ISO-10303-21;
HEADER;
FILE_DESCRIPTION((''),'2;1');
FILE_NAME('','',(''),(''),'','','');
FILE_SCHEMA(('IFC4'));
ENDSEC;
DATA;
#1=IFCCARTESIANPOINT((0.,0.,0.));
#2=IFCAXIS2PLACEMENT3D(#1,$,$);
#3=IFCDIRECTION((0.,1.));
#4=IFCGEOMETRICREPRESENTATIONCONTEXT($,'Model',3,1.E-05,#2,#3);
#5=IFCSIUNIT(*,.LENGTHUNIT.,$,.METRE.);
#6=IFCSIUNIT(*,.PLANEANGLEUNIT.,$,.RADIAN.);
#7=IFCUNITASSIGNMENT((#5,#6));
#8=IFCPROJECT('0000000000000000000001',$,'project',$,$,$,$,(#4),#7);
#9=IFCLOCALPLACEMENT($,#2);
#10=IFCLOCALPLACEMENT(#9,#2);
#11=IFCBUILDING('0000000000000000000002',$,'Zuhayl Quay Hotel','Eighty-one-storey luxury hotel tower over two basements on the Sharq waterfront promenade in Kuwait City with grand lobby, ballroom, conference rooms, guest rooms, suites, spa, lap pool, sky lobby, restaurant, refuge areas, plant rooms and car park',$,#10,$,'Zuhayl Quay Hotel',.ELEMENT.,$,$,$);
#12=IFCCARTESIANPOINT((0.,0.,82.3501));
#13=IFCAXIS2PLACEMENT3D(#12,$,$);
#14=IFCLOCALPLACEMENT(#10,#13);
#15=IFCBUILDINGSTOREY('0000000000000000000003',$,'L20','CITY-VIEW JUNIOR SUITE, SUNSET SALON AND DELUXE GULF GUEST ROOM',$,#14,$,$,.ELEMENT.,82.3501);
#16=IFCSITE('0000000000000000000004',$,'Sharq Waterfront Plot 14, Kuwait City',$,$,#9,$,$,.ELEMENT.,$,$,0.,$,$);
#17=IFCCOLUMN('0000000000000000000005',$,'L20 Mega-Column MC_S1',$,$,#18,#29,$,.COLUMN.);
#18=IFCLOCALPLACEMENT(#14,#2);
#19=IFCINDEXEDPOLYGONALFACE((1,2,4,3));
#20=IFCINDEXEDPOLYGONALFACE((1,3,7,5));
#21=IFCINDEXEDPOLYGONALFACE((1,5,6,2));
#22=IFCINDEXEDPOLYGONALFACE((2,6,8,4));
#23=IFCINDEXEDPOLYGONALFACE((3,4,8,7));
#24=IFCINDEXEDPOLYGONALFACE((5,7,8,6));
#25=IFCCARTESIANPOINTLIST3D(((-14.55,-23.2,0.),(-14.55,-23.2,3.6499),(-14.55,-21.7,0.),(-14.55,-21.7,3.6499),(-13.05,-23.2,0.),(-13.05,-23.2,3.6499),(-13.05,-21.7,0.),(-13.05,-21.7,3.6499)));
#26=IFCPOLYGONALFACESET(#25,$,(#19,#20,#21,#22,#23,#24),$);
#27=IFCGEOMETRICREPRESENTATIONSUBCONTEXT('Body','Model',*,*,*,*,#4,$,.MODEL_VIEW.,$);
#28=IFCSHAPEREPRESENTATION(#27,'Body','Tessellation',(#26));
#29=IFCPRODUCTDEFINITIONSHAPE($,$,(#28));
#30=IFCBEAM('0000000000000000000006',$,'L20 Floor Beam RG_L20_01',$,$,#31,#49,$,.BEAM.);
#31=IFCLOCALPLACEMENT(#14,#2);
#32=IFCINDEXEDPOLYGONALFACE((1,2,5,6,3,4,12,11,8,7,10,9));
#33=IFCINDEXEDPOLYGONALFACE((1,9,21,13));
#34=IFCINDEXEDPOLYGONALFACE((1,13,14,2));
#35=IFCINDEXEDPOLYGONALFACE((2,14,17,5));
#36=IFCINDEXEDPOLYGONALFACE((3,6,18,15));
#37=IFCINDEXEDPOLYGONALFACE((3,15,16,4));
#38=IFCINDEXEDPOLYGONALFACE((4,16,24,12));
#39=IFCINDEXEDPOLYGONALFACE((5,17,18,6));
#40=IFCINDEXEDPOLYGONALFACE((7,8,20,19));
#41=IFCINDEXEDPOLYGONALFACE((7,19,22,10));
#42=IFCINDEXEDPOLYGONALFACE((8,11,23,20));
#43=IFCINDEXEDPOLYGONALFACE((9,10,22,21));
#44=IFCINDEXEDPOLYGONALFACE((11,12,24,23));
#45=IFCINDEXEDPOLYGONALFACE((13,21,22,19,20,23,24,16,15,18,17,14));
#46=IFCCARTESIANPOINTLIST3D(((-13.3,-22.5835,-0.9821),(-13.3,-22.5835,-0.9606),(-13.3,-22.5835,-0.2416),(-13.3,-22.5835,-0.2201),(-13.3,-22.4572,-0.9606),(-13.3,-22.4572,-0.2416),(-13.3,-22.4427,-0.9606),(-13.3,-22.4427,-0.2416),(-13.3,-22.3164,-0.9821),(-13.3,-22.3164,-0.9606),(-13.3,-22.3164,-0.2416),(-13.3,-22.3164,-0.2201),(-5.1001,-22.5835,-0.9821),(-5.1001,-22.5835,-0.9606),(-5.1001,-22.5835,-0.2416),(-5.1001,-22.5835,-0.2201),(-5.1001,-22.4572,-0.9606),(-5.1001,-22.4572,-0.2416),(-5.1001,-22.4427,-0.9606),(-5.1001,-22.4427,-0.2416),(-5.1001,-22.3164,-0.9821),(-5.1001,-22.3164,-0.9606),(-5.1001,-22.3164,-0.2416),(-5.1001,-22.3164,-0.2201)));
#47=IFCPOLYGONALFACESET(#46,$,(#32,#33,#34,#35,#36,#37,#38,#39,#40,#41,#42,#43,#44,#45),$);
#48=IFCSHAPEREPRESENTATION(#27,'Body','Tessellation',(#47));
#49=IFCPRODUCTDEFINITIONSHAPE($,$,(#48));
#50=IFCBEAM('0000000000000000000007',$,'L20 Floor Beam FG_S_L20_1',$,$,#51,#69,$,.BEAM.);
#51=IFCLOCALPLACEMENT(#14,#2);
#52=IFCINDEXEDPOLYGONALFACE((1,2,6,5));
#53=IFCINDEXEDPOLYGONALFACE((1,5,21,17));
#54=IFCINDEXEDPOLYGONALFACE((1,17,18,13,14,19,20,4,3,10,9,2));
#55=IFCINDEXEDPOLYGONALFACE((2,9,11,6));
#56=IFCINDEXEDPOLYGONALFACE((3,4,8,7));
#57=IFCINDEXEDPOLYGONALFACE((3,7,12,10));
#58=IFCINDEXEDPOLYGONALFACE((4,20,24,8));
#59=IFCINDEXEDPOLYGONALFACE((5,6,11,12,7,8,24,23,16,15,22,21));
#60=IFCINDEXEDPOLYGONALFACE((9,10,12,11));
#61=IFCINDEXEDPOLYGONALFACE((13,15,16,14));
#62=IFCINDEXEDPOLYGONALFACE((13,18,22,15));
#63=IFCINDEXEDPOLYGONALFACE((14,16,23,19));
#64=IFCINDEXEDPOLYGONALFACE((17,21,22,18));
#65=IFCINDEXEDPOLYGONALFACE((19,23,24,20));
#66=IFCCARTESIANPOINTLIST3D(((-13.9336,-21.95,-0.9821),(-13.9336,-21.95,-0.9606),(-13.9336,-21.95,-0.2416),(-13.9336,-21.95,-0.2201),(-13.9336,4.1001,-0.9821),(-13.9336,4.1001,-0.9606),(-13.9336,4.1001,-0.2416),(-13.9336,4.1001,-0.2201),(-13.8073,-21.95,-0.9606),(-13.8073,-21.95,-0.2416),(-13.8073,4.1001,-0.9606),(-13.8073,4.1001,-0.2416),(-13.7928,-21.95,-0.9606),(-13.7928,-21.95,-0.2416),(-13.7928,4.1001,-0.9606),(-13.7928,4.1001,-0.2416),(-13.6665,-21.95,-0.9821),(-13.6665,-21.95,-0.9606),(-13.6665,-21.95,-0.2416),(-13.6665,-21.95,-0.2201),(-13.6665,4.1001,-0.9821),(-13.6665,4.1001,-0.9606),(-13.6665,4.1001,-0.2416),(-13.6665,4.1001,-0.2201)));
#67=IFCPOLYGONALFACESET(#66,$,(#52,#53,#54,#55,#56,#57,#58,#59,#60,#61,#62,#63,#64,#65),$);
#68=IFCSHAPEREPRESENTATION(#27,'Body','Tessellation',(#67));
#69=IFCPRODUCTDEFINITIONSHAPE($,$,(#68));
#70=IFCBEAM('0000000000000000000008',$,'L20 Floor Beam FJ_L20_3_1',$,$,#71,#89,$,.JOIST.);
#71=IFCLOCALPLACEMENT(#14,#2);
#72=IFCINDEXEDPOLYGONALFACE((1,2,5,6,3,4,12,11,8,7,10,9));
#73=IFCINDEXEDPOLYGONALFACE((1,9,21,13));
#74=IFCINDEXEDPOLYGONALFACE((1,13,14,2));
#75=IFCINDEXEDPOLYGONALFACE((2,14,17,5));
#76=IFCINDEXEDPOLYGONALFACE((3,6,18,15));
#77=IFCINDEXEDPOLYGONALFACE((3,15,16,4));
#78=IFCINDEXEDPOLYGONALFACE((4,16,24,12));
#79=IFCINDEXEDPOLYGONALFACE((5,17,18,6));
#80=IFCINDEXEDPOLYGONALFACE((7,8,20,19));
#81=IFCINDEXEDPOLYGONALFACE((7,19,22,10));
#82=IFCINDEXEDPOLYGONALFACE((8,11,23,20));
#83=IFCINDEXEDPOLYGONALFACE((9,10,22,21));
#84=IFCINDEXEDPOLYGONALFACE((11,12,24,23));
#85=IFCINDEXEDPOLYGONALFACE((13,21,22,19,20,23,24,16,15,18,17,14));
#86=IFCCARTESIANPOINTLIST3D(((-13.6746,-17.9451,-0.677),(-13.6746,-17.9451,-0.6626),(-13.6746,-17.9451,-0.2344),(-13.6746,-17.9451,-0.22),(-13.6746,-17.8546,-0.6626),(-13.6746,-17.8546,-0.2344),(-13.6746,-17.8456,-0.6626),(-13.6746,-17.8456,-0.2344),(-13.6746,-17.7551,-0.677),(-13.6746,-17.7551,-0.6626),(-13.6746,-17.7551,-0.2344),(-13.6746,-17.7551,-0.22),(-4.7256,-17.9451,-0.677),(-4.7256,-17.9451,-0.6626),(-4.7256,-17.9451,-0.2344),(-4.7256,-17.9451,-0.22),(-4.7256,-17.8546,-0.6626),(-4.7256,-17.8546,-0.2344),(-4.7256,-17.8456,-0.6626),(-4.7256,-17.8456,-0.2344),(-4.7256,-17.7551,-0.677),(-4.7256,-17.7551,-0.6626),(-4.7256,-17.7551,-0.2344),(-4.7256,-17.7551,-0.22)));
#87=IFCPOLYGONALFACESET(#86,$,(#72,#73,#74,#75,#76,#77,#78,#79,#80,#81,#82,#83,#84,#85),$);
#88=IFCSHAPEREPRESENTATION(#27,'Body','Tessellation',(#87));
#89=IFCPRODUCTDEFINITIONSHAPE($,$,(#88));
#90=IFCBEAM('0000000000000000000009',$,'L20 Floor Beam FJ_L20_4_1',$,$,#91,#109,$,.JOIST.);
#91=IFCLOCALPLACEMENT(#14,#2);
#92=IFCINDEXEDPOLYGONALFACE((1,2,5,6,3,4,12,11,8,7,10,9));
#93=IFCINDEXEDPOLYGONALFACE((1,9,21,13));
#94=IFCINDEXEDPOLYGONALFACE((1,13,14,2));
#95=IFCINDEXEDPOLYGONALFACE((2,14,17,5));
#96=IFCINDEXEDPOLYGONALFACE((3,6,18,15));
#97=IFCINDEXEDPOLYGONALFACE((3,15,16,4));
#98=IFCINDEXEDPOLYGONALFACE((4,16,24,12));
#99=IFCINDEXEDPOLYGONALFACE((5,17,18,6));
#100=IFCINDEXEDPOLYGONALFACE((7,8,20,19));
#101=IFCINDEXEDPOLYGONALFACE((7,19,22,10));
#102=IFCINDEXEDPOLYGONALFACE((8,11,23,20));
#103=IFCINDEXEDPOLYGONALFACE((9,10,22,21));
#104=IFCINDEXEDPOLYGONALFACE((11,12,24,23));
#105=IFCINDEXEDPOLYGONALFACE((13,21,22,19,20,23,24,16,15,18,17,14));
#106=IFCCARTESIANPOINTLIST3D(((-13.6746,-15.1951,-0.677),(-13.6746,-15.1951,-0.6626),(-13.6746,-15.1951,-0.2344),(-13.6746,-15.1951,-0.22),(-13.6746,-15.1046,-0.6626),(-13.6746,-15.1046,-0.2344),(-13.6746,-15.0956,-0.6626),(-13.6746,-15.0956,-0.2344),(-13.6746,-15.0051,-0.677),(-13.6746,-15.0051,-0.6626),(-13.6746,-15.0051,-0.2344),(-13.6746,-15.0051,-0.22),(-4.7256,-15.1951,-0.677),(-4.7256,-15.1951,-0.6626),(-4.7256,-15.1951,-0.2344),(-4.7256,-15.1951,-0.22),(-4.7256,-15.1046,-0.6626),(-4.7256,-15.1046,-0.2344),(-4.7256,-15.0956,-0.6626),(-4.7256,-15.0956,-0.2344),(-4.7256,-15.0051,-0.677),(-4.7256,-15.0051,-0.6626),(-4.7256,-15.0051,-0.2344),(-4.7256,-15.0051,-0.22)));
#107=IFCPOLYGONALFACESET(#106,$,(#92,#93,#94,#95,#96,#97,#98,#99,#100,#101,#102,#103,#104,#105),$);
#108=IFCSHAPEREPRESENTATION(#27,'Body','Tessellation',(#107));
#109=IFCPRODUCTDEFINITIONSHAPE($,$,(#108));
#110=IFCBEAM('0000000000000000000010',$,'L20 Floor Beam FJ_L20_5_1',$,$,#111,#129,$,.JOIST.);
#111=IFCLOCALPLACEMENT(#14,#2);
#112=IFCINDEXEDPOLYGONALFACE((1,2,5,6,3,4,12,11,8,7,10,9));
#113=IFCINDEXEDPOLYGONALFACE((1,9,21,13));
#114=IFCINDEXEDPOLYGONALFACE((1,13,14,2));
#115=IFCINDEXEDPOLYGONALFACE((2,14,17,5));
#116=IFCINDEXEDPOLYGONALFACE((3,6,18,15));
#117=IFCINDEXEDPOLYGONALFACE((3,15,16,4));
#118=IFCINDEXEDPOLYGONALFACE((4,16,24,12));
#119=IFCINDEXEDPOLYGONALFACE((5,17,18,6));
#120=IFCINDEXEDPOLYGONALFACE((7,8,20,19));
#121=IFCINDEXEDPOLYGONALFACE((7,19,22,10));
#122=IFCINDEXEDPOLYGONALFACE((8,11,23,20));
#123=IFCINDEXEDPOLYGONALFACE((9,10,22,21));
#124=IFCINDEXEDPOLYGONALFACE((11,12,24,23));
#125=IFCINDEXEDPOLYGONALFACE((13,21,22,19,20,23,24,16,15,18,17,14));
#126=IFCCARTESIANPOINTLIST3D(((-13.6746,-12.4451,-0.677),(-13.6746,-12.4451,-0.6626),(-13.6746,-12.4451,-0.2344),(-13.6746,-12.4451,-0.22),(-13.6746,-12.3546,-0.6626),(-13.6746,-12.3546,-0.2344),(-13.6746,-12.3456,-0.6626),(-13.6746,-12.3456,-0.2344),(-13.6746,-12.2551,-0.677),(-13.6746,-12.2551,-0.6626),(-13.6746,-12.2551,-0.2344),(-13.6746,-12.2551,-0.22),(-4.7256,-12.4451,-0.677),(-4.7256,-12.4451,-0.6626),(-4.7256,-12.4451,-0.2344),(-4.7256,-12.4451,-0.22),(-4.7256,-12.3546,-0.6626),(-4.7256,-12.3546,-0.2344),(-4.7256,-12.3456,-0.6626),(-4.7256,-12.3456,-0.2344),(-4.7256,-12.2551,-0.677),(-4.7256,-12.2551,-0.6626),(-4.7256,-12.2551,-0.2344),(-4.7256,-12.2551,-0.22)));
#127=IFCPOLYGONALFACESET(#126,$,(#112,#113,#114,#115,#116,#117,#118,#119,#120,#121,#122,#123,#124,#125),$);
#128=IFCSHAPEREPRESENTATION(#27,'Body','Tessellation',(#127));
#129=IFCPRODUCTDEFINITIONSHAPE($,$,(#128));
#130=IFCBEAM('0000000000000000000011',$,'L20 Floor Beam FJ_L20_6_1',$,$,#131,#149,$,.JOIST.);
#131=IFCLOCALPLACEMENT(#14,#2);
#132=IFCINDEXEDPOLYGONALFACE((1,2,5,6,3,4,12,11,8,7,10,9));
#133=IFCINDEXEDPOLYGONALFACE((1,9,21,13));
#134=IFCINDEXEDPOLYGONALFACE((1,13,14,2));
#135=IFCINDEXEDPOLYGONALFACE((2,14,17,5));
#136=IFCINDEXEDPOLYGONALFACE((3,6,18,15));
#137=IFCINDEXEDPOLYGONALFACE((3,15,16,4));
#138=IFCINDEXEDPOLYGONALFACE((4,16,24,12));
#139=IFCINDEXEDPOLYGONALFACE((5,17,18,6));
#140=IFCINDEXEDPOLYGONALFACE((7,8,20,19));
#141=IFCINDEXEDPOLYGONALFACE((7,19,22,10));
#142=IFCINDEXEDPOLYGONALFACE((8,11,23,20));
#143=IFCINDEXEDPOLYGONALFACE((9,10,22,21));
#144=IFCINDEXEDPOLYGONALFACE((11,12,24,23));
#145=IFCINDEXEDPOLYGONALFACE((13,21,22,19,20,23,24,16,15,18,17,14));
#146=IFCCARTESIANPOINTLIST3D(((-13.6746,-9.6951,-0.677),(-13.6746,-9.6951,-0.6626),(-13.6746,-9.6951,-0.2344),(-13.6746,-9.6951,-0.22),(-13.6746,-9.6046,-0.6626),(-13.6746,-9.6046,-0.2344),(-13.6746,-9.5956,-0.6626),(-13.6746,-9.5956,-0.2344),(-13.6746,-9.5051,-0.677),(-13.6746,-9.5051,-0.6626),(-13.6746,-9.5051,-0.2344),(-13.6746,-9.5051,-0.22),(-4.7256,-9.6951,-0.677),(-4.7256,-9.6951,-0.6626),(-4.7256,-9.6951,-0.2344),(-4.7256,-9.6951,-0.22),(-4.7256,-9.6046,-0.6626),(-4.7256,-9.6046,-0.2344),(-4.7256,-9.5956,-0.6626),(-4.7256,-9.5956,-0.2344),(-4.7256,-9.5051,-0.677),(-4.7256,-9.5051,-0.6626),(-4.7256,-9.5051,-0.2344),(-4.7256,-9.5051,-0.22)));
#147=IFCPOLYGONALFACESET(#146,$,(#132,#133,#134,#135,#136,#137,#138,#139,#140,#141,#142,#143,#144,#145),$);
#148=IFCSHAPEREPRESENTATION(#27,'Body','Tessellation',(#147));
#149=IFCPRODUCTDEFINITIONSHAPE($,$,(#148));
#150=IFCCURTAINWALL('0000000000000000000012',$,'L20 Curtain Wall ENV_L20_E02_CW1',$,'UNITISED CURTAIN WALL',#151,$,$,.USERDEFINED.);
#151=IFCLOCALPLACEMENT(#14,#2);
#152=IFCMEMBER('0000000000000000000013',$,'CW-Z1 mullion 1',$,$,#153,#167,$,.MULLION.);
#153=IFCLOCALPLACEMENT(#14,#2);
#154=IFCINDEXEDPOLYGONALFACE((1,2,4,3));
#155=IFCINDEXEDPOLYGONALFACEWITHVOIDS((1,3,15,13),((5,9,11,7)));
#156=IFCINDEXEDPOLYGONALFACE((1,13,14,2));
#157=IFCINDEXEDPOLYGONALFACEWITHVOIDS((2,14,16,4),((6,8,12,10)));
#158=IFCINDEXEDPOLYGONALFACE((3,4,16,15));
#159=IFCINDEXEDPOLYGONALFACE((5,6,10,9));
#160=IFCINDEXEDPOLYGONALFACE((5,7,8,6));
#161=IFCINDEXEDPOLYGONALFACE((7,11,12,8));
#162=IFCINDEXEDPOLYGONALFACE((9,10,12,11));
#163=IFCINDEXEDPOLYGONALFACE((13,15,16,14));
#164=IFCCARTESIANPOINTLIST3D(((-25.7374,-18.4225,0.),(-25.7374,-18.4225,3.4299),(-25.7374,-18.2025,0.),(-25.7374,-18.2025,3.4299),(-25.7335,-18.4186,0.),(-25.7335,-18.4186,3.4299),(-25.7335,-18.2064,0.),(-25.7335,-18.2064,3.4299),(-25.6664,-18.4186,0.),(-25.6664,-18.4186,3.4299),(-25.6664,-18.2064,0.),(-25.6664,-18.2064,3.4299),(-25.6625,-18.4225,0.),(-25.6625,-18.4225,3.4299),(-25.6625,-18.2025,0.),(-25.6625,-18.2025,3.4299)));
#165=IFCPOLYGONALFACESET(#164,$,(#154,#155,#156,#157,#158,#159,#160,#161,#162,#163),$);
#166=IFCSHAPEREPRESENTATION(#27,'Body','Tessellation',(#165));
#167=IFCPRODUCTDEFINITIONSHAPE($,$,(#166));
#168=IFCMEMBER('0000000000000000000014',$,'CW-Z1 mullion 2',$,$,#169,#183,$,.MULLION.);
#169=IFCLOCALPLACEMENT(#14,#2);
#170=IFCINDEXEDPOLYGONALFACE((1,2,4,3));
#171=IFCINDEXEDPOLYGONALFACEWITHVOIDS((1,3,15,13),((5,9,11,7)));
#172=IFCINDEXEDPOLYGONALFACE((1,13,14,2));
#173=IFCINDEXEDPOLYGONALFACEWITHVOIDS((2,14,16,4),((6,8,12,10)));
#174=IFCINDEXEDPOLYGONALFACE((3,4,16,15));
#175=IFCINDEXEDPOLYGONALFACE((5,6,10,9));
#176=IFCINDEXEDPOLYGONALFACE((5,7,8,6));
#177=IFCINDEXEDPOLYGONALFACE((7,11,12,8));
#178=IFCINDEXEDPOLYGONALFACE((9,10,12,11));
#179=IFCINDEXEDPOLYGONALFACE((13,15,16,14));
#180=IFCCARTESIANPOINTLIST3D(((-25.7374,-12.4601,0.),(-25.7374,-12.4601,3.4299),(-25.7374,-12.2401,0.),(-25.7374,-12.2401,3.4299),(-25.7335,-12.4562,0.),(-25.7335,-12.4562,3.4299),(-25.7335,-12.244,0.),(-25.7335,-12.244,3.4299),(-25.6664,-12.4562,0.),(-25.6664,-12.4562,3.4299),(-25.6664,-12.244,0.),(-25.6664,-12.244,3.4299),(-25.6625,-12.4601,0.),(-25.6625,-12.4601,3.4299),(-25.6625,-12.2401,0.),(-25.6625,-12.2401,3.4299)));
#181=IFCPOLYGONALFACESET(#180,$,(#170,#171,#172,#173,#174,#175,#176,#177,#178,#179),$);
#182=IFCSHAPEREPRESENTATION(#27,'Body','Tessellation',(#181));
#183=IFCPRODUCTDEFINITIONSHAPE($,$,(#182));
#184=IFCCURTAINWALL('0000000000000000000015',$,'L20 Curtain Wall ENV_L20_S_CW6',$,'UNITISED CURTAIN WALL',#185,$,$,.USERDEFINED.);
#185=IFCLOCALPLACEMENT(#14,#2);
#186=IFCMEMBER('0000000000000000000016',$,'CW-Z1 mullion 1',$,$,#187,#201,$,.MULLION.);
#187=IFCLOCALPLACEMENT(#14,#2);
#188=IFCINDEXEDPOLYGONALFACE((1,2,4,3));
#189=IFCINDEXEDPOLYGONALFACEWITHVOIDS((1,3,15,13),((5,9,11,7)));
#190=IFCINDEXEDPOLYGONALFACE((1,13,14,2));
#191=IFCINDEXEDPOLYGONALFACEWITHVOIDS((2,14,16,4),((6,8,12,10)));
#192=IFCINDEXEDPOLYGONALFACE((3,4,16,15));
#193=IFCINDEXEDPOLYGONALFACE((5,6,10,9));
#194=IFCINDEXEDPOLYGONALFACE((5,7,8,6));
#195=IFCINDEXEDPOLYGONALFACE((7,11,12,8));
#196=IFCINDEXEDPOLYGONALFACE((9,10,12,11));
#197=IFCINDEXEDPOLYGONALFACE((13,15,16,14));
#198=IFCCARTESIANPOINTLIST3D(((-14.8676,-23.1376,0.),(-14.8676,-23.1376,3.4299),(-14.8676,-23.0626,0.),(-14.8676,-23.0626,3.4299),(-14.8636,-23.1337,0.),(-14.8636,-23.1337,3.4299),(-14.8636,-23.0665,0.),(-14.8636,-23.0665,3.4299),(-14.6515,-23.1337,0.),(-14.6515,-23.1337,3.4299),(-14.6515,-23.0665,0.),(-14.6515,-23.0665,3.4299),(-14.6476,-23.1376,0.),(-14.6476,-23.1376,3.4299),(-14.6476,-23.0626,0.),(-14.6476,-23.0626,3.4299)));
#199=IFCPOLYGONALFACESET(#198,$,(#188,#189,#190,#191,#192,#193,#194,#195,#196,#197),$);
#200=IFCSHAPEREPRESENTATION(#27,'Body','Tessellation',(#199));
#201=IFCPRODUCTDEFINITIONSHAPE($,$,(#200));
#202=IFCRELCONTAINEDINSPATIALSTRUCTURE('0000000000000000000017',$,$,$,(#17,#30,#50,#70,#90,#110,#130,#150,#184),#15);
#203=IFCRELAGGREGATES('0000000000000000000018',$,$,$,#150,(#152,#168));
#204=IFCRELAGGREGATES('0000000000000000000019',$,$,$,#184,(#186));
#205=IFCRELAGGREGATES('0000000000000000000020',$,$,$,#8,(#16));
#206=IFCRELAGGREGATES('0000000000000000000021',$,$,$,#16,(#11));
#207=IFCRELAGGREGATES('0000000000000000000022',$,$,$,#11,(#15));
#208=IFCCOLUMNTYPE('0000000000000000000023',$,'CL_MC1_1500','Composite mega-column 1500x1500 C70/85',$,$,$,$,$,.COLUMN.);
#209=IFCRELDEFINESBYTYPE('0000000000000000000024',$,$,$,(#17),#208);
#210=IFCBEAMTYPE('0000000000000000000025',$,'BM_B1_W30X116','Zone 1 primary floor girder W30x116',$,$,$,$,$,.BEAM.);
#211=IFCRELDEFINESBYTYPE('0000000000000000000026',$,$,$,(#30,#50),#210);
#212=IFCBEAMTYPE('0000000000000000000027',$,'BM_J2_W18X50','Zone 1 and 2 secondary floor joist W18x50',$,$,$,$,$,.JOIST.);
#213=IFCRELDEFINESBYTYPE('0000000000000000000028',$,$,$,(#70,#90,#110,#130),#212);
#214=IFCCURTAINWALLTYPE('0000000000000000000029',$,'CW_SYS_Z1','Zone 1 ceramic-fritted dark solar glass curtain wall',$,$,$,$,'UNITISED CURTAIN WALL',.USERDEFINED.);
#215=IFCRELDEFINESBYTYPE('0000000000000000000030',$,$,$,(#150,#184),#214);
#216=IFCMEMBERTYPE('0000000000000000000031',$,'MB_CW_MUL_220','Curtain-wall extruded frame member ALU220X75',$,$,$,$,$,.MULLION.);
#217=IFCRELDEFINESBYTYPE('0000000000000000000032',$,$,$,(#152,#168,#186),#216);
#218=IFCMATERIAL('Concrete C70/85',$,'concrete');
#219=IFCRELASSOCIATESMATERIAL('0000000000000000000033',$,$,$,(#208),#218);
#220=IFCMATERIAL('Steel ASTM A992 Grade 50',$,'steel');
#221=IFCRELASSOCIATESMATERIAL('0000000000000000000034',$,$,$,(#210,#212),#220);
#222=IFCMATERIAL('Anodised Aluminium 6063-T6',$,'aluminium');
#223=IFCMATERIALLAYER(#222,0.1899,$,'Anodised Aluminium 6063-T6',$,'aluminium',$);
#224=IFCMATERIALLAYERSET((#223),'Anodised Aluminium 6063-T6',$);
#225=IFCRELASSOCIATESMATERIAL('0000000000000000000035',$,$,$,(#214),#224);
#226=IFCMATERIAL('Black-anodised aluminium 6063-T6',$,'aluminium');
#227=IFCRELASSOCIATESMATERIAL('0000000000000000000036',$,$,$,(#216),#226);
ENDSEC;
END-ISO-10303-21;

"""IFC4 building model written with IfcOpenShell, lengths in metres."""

from ifc_helpers import new_model, si_unit, direction, frame, origin, origin_2d, place, context, subcontext, project, spatial, rectangle, hollow_rectangle, i_section, extrude, material, layer, layer_set, material_profile, profile_set, type_object, element, aggregate, save


model = new_model("IFC4")

# Units and contexts
model_context = context("Model", 3, precision=1e-05, world=origin(), true_north=direction((0.0, 1.0)))
body_context = subcontext(model_context, "Body", "Model", "MODEL_VIEW")
ifc_project = project(units=[si_unit("LENGTHUNIT", "METRE"), si_unit("PLANEANGLEUNIT", "RADIAN")], contexts=[model_context])

# Site, building, storey
site_placement = place(None, origin())
site = spatial("IfcSite", under=ifc_project, at=site_placement, Name="Sharq Waterfront Plot 14, Kuwait City", CompositionType="ELEMENT", RefElevation=0.0)
building_placement = place(site_placement, origin())
building = spatial("IfcBuilding", under=site, at=building_placement, Name="Zuhayl Quay Hotel", Description="Eighty-one-storey luxury hotel tower over two basements on the Sharq waterfront promenade in Kuwait City with grand lobby, ballroom, conference rooms, guest rooms, suites, spa, lap pool, sky lobby, restaurant, refuge areas, plant rooms and car park", LongName="Zuhayl Quay Hotel", CompositionType="ELEMENT")
storey_placement = place(building_placement, frame((0.0, 0.0, 82.3501)))
storey = spatial("IfcBuildingStorey", under=building, at=storey_placement, Name="L20", Description="CITY-VIEW JUNIOR SUITE, SUNSET SALON AND DELUXE GULF GUEST ROOM", CompositionType="ELEMENT", Elevation=82.3501)

# Column
ifc_material_1 = material(Name="Concrete C70/85", Category="concrete")
ifc_material_profile_1 = material_profile(ifc_material_1, rectangle(XDim=1.5, YDim=1.5, at=origin_2d()), Name="RC1500X1500")
ifc_profile_set_1 = profile_set([ifc_material_profile_1], Name="Concrete C70/85")
column_type = type_object("IfcColumnType", Name="CL_MC1_1500", Description="Composite mega-column 1500x1500 C70/85", PredefinedType="COLUMN", material=ifc_profile_set_1)
column_placement = place(storey_placement, frame((-13.8, -22.45, 0.0), z_axis=(0.0, 0.0, 1.0), x_axis=(1.0, 0.0, 0.0)))
element("IfcColumn", 1, at=column_placement, inside=storey, type_object=column_type, Name="L20 Mega-Column MC_S1", PredefinedType="COLUMN", context=body_context, shape_type="SweptSolid", body=[
    extrude(rectangle(XDim=1.5, YDim=1.5, at=origin_2d()), origin(), (0.0, 0.0, 1.0), 3.6499),
])

# Beams
ifc_material_2 = material(Name="Steel ASTM A992 Grade 50", Category="steel")
ifc_material_profile_2 = material_profile(ifc_material_2, i_section(OverallWidth=0.2671, OverallDepth=0.762, WebThickness=0.0144, FlangeThickness=0.0215, at=origin_2d()), Name="W30X116")
ifc_profile_set_2 = profile_set([ifc_material_profile_2], Name="Steel ASTM A992 Grade 50")
beam_type_1 = type_object("IfcBeamType", Name="BM_B1_W30X116", Description="Zone 1 primary floor girder W30x116", PredefinedType="BEAM", material=ifc_profile_set_2)
beam_1_placement = place(storey_placement, frame((-13.3, -22.45, -0.6011), z_axis=(1.0, 0.0, 0.0), x_axis=(0.0, 1.0, 0.0)))
element("IfcBeam", 2, at=beam_1_placement, inside=storey, type_object=beam_type_1, Name="L20 Floor Beam RG_L20_01", PredefinedType="BEAM", context=body_context, shape_type="SweptSolid", body=[
    extrude(i_section(OverallWidth=0.2671, OverallDepth=0.762, WebThickness=0.0144, FlangeThickness=0.0215, at=origin_2d()), origin(), (0.0, 0.0, 1.0), 8.2),
])
beam_2_placement = place(storey_placement, frame((-13.8, -21.95, -0.6011), z_axis=(0.0, 1.0, 0.0), x_axis=(-1.0, 0.0, 0.0)))
element("IfcBeam", 3, at=beam_2_placement, inside=storey, type_object=beam_type_1, Name="L20 Floor Beam FG_S_L20_1", PredefinedType="BEAM", context=body_context, shape_type="SweptSolid", body=[
    extrude(i_section(OverallWidth=0.2671, OverallDepth=0.762, WebThickness=0.0144, FlangeThickness=0.0215, at=origin_2d()), origin(), (0.0, 0.0, 1.0), 26.05),
])
ifc_material_profile_3 = material_profile(ifc_material_2, i_section(OverallWidth=0.1899, OverallDepth=0.457, WebThickness=0.009, FlangeThickness=0.0144, at=origin_2d()), Name="W18X50")
ifc_profile_set_3 = profile_set([ifc_material_profile_3], Name="Steel ASTM A992 Grade 50")
beam_type_2 = type_object("IfcBeamType", Name="BM_J2_W18X50", Description="Zone 1 and 2 secondary floor joist W18x50", PredefinedType="JOIST", material=ifc_profile_set_3)
for number, where, z_axis, x_axis, name in (
    (4, (-13.6746, -17.8501, -0.4485), (1.0, 0.0, 0.0), (0.0, 1.0, 0.0), "L20 Floor Beam FJ_L20_3_1"),
    (5, (-13.6746, -15.1001, -0.4485), (1.0, 0.0, 0.0), (0.0, 1.0, 0.0), "L20 Floor Beam FJ_L20_4_1"),
    (6, (-13.6746, -12.3501, -0.4485), (1.0, 0.0, 0.0), (0.0, 1.0, 0.0), "L20 Floor Beam FJ_L20_5_1"),
    (7, (-13.6746, -9.6001, -0.4485), (1.0, 0.0, 0.0), (0.0, 1.0, 0.0), "L20 Floor Beam FJ_L20_6_1"),
):
    element("IfcBeam", number, at=place(storey_placement, frame(where, z_axis=z_axis, x_axis=x_axis)), inside=storey, type_object=beam_type_2, Name=name, PredefinedType="JOIST", context=body_context, shape_type="SweptSolid", body=[
        extrude(i_section(OverallWidth=0.1899, OverallDepth=0.457, WebThickness=0.009, FlangeThickness=0.0144, at=origin_2d()), origin(), (0.0, 0.0, 1.0), 8.949),
    ])

# Curtain walls, members
ifc_material_3 = material(Name="Anodised Aluminium 6063-T6", Category="aluminium")
ifc_layer_1 = layer(ifc_material_3, 0.1899, Name="Anodised Aluminium 6063-T6", Category="aluminium")
ifc_layer_set_1 = layer_set([ifc_layer_1], Name="Anodised Aluminium 6063-T6")
curtain_wall_type = type_object("IfcCurtainWallType", Name="CW_SYS_Z1", Description="Zone 1 ceramic-fritted dark solar glass curtain wall", ElementType="UNITISED CURTAIN WALL", PredefinedType="USERDEFINED", material=ifc_layer_set_1)
curtain_wall_1_placement = place(storey_placement, origin())
curtain_wall_1 = element("IfcCurtainWall", 8, at=curtain_wall_1_placement, inside=storey, type_object=curtain_wall_type, Name="L20 Curtain Wall ENV_L20_E02_CW1", ObjectType="UNITISED CURTAIN WALL", PredefinedType="USERDEFINED")
ifc_material_4 = material(Name="Black-anodised aluminium 6063-T6", Category="aluminium")
ifc_material_profile_4 = material_profile(ifc_material_4, hollow_rectangle(XDim=0.075, YDim=0.22, WallThickness=0.0039, at=origin_2d()), Name="ALU220X75")
ifc_profile_set_4 = profile_set([ifc_material_profile_4], Name="Black-anodised aluminium 6063-T6")
member_type_1 = type_object("IfcMemberType", Name="MB_CW_MUL_220", Description="Curtain-wall extruded frame member ALU220X75", PredefinedType="MULLION", material=ifc_profile_set_4)
member_1_placement = place(storey_placement, frame((-25.7, -18.3125, 0.0), z_axis=(0.0, 0.0, 1.0), x_axis=(-1.0, 0.0, 0.0)))
member_1 = element("IfcMember", 9, at=member_1_placement, type_object=member_type_1, Name="CW-Z1 mullion 1", PredefinedType="MULLION", context=body_context, shape_type="SweptSolid", body=[
    extrude(hollow_rectangle(XDim=0.075, YDim=0.22, WallThickness=0.0039, at=origin_2d()), origin(), (0.0, 0.0, 1.0), 3.4299),
])
member_2_placement = place(storey_placement, frame((-25.7, -12.3501, 0.0), z_axis=(0.0, 0.0, 1.0), x_axis=(-1.0, 0.0, 0.0)))
member_2 = element("IfcMember", 10, at=member_2_placement, type_object=member_type_1, Name="CW-Z1 mullion 2", PredefinedType="MULLION", context=body_context, shape_type="SweptSolid", body=[
    extrude(hollow_rectangle(XDim=0.075, YDim=0.22, WallThickness=0.0039, at=origin_2d()), origin(), (0.0, 0.0, 1.0), 3.4299),
])
curtain_wall_2_placement = place(storey_placement, origin())
curtain_wall_2 = element("IfcCurtainWall", 11, at=curtain_wall_2_placement, inside=storey, type_object=curtain_wall_type, Name="L20 Curtain Wall ENV_L20_S_CW6", ObjectType="UNITISED CURTAIN WALL", PredefinedType="USERDEFINED")
member_3_placement = place(storey_placement, frame((-14.7576, -23.1001, 0.0), z_axis=(0.0, 0.0, 1.0), x_axis=(0.0, -1.0, 0.0)))
member_3 = element("IfcMember", 12, at=member_3_placement, type_object=member_type_1, Name="CW-Z1 mullion 1", PredefinedType="MULLION", context=body_context, shape_type="SweptSolid", body=[
    extrude(hollow_rectangle(XDim=0.075, YDim=0.22, WallThickness=0.0039, at=origin_2d()), origin(), (0.0, 0.0, 1.0), 3.4299),
])

aggregate(curtain_wall_1, [member_1, member_2])
aggregate(curtain_wall_2, [member_3])

save(model, "model.ifc")
